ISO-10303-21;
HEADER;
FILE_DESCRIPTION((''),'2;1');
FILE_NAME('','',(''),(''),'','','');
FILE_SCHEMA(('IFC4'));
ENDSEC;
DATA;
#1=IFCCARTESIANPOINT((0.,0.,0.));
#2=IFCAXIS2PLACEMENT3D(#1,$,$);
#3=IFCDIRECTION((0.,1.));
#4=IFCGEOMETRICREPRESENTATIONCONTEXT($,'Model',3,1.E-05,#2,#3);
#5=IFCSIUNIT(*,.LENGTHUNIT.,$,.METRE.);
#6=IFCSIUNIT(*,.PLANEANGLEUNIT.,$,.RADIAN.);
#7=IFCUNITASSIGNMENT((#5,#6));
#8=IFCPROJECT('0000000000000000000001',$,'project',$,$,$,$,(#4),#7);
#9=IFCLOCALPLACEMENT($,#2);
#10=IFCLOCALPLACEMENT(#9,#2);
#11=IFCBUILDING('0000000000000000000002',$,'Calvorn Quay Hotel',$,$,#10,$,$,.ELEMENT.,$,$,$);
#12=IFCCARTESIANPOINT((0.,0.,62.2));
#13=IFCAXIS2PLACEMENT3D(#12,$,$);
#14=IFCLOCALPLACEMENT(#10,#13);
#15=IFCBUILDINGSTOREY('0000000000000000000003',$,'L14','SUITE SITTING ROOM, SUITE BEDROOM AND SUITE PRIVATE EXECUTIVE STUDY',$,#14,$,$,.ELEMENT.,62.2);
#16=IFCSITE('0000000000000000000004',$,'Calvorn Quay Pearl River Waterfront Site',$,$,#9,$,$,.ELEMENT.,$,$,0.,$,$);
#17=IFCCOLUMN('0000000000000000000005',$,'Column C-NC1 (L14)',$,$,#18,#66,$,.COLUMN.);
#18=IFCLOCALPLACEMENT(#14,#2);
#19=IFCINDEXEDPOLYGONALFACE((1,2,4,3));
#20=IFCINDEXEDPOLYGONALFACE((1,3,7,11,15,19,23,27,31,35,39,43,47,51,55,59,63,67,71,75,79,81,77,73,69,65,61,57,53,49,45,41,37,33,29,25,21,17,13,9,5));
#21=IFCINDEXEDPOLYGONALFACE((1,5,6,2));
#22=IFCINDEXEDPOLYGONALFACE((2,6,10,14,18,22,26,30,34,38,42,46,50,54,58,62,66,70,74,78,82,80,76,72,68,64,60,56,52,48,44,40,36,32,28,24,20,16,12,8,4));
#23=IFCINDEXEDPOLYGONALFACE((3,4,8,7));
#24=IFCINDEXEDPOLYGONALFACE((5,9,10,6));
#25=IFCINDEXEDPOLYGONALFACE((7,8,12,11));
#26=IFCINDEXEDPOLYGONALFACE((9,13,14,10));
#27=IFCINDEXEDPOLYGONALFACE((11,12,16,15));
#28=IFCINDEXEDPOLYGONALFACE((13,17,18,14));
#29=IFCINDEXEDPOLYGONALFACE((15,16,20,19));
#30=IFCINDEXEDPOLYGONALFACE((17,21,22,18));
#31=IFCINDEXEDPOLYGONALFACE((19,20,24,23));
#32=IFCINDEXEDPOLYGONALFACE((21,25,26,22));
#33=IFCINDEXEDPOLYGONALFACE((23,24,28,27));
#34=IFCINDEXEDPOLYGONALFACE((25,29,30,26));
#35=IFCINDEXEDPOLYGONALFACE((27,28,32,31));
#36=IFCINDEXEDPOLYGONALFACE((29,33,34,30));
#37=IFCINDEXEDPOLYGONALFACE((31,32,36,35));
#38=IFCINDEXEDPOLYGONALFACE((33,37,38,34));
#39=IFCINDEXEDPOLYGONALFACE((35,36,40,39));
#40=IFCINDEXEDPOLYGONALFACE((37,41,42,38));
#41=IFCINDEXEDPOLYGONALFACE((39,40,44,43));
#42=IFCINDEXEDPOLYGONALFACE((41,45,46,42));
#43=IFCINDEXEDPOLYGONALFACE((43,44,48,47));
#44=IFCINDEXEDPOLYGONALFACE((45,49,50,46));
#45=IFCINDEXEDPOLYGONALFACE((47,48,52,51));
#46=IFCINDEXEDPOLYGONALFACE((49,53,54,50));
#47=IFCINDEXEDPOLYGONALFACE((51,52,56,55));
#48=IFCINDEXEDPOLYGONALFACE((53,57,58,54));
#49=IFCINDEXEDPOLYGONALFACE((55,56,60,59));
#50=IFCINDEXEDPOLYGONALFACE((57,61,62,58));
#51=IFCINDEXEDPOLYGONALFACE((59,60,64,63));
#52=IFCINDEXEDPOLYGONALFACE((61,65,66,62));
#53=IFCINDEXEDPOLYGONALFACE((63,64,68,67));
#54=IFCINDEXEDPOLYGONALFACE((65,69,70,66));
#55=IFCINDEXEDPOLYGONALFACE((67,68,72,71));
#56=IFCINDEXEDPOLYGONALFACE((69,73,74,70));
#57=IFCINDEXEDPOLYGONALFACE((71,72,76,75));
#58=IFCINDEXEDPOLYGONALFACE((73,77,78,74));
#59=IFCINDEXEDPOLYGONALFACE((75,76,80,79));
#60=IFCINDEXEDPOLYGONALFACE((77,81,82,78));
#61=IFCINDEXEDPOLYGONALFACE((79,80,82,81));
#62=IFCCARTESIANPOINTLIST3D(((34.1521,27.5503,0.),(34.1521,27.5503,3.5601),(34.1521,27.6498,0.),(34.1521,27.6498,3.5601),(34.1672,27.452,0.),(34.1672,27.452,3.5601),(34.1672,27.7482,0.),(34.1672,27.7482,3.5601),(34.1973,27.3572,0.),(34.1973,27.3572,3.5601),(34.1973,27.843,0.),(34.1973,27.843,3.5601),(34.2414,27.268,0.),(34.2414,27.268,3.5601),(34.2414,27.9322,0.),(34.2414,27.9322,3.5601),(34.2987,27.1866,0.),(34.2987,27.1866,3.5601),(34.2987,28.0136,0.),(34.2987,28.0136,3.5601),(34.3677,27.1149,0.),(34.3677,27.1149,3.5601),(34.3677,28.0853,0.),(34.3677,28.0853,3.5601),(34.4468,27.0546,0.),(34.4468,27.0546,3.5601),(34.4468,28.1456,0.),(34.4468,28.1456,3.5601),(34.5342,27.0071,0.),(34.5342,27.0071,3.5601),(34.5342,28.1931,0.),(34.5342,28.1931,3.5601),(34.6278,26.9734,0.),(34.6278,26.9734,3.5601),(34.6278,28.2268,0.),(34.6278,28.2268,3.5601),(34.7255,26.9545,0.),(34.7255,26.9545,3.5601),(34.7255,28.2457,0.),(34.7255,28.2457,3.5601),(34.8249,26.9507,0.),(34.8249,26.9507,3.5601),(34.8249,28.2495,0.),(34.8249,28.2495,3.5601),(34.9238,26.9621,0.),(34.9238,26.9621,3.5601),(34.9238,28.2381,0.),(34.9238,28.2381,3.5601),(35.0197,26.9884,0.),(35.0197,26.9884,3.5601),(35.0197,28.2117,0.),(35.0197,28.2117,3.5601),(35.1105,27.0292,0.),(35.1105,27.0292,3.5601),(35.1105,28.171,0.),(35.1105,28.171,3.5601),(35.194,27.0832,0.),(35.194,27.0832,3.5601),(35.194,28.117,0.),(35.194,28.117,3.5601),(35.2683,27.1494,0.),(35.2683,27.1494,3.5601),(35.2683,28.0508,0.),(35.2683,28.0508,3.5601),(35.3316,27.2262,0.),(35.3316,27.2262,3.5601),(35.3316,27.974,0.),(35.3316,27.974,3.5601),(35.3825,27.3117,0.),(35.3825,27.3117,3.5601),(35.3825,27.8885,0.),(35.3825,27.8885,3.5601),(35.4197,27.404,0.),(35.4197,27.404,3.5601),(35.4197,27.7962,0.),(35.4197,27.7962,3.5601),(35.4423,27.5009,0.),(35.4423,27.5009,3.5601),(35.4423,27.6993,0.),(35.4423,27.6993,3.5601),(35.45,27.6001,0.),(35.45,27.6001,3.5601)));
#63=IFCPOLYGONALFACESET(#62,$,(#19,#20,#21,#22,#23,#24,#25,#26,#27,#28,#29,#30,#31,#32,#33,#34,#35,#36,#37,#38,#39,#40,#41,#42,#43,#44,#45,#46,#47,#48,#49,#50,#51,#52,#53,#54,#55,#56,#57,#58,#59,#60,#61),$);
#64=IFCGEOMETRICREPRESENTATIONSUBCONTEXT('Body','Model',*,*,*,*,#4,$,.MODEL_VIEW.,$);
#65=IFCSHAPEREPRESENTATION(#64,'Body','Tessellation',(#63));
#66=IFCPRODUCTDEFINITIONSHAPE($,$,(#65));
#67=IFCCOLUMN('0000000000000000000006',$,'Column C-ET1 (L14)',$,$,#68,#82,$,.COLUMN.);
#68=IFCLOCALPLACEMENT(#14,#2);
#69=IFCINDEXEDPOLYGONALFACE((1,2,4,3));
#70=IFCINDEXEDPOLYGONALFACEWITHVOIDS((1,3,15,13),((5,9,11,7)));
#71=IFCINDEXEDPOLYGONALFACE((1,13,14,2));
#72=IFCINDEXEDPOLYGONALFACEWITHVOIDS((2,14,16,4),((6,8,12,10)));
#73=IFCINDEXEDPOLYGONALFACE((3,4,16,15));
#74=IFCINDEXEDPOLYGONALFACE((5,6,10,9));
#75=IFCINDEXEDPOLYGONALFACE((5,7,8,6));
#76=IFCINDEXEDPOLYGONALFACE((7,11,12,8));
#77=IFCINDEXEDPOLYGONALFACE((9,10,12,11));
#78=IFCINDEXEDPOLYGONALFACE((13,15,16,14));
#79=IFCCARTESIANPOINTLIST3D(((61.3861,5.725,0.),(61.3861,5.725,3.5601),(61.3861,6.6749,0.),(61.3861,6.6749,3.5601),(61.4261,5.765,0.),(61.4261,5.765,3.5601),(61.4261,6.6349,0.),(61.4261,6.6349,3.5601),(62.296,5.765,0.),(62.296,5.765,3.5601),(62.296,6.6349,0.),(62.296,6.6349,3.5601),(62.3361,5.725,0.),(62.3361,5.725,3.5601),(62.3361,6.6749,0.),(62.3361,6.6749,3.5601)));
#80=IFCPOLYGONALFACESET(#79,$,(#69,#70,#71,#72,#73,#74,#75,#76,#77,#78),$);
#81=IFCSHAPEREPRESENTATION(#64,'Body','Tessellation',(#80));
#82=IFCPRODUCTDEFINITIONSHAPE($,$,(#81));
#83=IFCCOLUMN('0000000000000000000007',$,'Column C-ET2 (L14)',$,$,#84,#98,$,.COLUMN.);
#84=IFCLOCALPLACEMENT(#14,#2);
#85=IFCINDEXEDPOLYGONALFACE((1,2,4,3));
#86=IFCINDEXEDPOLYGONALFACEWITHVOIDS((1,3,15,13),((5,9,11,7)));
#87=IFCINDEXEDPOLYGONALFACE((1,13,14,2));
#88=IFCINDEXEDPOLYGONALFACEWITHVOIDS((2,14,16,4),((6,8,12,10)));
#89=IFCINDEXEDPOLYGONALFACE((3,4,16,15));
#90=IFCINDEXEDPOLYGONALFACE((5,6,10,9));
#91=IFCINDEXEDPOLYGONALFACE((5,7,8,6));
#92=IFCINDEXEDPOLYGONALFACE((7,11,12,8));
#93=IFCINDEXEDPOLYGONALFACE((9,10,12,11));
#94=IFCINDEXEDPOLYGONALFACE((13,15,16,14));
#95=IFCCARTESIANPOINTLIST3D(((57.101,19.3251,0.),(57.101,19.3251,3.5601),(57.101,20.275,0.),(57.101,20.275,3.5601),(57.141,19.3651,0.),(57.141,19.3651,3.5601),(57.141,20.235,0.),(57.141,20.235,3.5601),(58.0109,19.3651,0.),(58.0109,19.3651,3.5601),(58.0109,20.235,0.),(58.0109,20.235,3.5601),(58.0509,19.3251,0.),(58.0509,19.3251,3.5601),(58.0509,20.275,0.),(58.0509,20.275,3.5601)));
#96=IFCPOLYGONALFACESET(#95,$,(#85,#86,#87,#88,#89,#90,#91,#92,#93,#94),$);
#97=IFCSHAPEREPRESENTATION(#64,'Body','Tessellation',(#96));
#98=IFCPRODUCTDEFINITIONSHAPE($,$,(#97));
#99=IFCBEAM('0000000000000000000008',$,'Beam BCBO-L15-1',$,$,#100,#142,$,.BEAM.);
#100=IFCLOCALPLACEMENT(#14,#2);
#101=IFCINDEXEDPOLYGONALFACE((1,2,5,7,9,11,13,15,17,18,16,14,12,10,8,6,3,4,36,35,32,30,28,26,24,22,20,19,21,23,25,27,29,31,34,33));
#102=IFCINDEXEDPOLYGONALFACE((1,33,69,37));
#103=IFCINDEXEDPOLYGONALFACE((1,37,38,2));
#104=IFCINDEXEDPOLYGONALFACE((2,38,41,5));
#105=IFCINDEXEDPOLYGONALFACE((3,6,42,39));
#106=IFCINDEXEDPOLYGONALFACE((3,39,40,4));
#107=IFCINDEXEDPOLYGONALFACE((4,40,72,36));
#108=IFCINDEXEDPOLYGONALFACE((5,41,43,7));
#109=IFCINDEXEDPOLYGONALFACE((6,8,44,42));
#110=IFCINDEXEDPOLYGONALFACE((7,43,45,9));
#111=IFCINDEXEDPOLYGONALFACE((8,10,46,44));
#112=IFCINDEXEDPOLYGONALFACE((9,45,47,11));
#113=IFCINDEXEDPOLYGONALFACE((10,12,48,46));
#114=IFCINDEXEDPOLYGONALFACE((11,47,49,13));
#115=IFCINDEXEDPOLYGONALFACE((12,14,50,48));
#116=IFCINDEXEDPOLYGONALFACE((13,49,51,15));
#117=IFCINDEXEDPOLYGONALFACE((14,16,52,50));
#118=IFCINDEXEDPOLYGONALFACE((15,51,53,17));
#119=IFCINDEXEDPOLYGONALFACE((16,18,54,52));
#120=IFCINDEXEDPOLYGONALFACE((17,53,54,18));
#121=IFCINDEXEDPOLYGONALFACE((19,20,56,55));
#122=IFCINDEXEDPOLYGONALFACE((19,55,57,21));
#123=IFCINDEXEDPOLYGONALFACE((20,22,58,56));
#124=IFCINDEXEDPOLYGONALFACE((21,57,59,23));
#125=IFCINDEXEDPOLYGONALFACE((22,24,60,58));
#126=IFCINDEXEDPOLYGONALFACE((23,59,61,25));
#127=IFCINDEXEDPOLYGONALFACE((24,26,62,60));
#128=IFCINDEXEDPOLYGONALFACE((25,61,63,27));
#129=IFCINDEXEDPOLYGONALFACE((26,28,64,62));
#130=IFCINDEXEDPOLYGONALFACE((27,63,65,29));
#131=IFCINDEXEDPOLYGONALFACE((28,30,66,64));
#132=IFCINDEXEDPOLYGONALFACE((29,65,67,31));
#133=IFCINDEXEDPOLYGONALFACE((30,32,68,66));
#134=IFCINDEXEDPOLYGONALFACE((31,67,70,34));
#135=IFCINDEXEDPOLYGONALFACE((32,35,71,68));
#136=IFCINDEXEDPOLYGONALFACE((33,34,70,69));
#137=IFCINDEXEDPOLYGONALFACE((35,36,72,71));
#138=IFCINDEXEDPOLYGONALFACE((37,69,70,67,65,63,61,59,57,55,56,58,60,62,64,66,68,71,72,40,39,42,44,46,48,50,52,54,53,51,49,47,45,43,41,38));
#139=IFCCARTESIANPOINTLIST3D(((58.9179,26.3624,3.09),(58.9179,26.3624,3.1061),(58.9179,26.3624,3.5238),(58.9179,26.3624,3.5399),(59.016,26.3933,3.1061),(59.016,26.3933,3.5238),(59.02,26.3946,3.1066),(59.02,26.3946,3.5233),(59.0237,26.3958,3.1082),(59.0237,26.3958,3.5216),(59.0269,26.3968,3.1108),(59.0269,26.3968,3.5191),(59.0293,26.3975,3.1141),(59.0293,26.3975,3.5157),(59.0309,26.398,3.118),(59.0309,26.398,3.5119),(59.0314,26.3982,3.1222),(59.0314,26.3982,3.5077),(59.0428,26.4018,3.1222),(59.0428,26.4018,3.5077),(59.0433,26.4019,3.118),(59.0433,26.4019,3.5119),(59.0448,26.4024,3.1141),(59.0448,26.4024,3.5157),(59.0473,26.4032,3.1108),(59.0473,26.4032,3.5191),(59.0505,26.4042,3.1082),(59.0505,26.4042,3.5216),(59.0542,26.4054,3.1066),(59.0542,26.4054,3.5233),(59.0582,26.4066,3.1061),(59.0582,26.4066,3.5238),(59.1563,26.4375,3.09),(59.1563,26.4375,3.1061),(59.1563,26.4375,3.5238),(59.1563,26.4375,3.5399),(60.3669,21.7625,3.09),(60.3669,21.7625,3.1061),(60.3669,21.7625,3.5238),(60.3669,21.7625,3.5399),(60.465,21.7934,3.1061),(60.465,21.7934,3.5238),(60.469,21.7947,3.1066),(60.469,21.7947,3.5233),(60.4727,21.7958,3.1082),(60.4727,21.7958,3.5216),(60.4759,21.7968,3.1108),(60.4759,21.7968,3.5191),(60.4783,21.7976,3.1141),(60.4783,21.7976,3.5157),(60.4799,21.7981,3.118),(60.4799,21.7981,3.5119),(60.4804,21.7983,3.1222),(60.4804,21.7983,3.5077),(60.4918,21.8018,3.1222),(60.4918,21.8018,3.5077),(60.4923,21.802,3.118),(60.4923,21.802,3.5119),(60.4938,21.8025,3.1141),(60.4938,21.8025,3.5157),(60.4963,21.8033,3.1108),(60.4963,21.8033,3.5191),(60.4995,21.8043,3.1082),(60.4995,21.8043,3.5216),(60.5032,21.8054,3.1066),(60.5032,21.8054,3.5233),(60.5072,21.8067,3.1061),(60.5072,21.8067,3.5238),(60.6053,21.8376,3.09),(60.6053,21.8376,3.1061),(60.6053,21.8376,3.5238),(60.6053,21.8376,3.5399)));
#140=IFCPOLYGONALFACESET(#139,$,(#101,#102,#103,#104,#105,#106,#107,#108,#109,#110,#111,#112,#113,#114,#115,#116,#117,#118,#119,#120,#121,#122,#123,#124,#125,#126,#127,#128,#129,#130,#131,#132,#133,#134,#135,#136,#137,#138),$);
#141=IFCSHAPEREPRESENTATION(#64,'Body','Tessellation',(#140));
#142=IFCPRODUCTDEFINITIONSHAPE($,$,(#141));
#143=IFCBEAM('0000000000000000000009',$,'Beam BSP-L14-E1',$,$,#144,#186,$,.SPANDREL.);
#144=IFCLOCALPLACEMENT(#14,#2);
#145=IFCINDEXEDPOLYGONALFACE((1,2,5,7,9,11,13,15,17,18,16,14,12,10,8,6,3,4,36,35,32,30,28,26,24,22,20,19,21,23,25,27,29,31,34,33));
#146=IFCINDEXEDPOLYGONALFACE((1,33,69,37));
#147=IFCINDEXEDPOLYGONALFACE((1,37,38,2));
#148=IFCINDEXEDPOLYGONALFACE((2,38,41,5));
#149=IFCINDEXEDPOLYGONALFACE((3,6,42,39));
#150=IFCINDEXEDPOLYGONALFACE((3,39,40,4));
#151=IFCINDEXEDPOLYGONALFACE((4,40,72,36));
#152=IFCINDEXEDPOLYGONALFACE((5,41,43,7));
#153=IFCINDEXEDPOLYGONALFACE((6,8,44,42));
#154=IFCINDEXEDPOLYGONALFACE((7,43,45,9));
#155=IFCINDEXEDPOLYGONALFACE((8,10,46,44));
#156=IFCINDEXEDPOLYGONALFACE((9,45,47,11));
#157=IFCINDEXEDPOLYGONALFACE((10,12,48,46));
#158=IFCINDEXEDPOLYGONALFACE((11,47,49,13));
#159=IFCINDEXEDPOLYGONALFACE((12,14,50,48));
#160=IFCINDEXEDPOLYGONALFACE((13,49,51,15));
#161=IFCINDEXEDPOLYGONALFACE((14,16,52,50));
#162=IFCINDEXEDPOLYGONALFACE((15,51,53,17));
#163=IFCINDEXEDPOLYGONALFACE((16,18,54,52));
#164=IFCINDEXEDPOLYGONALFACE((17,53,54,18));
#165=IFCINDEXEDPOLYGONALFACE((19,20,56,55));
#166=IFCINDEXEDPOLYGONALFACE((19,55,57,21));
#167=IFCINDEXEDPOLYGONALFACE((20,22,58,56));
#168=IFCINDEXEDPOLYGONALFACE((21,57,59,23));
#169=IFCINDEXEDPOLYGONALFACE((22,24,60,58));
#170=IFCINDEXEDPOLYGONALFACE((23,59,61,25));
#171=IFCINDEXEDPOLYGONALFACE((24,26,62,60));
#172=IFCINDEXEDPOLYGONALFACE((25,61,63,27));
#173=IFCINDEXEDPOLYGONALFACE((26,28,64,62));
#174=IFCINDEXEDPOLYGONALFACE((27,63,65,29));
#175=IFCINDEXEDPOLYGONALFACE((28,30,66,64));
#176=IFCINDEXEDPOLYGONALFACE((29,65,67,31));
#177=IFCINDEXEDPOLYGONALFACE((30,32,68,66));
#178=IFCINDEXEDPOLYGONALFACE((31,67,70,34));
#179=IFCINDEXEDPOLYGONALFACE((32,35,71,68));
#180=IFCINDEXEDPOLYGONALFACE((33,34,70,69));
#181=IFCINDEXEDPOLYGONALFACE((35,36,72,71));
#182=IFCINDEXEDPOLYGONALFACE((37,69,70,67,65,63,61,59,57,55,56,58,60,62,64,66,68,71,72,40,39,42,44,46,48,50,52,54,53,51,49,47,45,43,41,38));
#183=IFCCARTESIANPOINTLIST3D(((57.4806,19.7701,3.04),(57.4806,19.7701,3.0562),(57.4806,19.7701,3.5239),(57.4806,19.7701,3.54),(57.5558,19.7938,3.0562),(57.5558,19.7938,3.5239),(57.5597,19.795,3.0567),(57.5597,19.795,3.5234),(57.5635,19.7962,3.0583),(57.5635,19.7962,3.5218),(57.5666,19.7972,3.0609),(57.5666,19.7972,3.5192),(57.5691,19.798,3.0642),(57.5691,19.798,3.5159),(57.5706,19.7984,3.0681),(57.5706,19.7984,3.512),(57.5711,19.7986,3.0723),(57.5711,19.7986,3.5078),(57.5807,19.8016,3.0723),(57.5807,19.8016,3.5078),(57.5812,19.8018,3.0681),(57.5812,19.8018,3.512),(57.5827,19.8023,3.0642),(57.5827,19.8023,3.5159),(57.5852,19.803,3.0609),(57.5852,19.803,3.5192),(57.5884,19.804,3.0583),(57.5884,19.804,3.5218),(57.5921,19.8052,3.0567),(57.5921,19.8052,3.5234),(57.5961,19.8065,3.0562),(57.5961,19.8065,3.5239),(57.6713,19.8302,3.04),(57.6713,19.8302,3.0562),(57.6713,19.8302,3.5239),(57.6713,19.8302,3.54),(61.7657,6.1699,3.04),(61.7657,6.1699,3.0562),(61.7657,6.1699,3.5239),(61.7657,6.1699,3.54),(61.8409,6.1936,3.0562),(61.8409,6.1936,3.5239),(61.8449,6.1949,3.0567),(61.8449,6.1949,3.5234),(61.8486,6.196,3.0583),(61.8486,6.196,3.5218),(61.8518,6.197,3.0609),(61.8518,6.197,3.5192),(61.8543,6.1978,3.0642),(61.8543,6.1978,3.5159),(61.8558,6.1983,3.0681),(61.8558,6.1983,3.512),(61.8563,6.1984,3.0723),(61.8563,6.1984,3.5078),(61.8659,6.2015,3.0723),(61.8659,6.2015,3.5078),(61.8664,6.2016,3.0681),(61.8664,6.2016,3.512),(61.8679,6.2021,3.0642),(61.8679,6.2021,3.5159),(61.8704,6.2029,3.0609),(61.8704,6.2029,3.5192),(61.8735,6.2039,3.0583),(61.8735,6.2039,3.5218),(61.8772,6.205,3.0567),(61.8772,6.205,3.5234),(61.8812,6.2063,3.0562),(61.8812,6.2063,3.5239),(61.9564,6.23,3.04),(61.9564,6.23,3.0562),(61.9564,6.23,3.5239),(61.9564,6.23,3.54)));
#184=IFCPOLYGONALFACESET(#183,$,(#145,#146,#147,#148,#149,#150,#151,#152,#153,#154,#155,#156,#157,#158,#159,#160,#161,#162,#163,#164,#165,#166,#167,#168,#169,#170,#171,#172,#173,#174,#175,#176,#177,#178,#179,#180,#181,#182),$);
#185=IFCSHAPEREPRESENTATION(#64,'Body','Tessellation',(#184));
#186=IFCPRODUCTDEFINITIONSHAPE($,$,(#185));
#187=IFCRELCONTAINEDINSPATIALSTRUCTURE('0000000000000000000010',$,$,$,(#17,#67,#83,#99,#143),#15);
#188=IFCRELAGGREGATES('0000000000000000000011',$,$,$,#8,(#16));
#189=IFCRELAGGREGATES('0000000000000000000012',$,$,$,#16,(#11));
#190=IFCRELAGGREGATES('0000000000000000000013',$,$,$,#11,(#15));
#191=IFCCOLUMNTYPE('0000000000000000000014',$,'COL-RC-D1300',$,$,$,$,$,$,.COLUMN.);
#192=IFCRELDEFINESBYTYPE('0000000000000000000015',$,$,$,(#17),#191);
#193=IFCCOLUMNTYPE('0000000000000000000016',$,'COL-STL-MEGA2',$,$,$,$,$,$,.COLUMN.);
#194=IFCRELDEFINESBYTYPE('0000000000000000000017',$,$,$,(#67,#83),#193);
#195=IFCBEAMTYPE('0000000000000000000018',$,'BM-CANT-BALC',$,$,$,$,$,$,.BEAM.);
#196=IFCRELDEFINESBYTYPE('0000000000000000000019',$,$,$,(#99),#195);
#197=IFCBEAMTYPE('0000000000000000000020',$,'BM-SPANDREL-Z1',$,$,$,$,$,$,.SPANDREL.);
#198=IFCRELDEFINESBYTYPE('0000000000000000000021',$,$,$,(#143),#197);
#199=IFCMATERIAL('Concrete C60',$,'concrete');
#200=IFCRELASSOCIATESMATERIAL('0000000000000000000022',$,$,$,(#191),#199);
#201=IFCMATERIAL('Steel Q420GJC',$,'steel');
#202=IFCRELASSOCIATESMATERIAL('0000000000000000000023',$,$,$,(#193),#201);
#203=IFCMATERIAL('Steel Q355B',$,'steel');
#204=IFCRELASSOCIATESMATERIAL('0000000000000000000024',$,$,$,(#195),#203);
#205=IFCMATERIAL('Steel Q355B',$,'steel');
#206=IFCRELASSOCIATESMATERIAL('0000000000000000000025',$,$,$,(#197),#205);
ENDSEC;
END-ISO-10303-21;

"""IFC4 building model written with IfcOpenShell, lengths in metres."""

from ifc_helpers import new_model, si_unit, direction, frame, origin, origin_2d, place, context, subcontext, project, spatial, hollow_rectangle, circle, i_section, extrude, material, material_profile, profile_set, type_object, element, save


model = new_model("IFC4")

# Units and contexts
model_context = context("Model", 3, precision=1e-05, world=origin(), true_north=direction((0.0, 1.0)))
body_context = subcontext(model_context, "Body", "Model", "MODEL_VIEW")
ifc_project = project(units=[si_unit("LENGTHUNIT", "METRE"), si_unit("PLANEANGLEUNIT", "RADIAN")], contexts=[model_context])

# Site, building, storey
site_placement = place(None, origin())
site = spatial("IfcSite", under=ifc_project, at=site_placement, Name="Calvorn Quay Pearl River Waterfront Site", CompositionType="ELEMENT", RefElevation=0.0)
building_placement = place(site_placement, origin())
building = spatial("IfcBuilding", under=site, at=building_placement, Name="Calvorn Quay Hotel", CompositionType="ELEMENT")
storey_placement = place(building_placement, frame((0.0, 0.0, 62.2)))
storey = spatial("IfcBuildingStorey", under=building, at=storey_placement, Name="L14", Description="SUITE SITTING ROOM, SUITE BEDROOM AND SUITE PRIVATE EXECUTIVE STUDY", CompositionType="ELEMENT", Elevation=62.2)

# Columns
ifc_material_1 = material(Name="Concrete C60", Category="concrete")
ifc_material_profile_1 = material_profile(ifc_material_1, circle(Radius=0.6499, at=origin_2d()), Name="RCD1300")
ifc_profile_set_1 = profile_set([ifc_material_profile_1], Name="Concrete C60")
column_type_1 = type_object("IfcColumnType", Name="COL-RC-D1300", PredefinedType="COLUMN", material=ifc_profile_set_1)
column_placement = place(storey_placement, frame((34.8, 27.6001, 0.0), z_axis=(0.0, 0.0, 1.0), x_axis=(1.0, 0.0, 0.0)))
element("IfcColumn", 1, at=column_placement, inside=storey, type_object=column_type_1, Name="Column C-NC1 (L14)", PredefinedType="COLUMN", context=body_context, shape_type="SweptSolid", body=[
    extrude(circle(Radius=0.6499, at=origin_2d()), origin(), (0.0, 0.0, 1.0), 3.5601),
])
ifc_material_2 = material(Name="Steel Q420GJC", Category="steel")
ifc_material_profile_2 = material_profile(ifc_material_2, hollow_rectangle(XDim=0.95, YDim=0.95, WallThickness=0.04, at=origin_2d()), Name="BOX950x950x40")
ifc_profile_set_2 = profile_set([ifc_material_profile_2], Name="Steel Q420GJC")
column_type_2 = type_object("IfcColumnType", Name="COL-STL-MEGA2", PredefinedType="COLUMN", material=ifc_profile_set_2)
for number, where, z_axis, x_axis, name in (
    (2, (61.8611, 6.2, 0.0), (0.0, 0.0, 1.0), (1.0, 0.0, 0.0), "Column C-ET1 (L14)"),
    (3, (57.5759, 19.8, 0.0), (0.0, 0.0, 1.0), (1.0, 0.0, 0.0), "Column C-ET2 (L14)"),
):
    element("IfcColumn", number, at=place(storey_placement, frame(where, z_axis=z_axis, x_axis=x_axis)), inside=storey, type_object=column_type_2, Name=name, PredefinedType="COLUMN", context=body_context, shape_type="SweptSolid", body=[
        extrude(hollow_rectangle(XDim=0.95, YDim=0.95, WallThickness=0.04, at=origin_2d()), origin(), (0.0, 0.0, 1.0), 3.5601),
    ])

# Beams
ifc_material_3 = material(Name="Steel Q355B", Category="steel")
ifc_material_profile_3 = material_profile(ifc_material_3, i_section(OverallWidth=0.25, OverallDepth=0.45, WebThickness=0.012, FlangeThickness=0.0161, FilletRadius=0.0161, at=origin_2d()), Name="HN450x250x12x16")
ifc_profile_set_3 = profile_set([ifc_material_profile_3], Name="Steel Q355B")
beam_type_1 = type_object("IfcBeamType", Name="BM-CANT-BALC", PredefinedType="BEAM", material=ifc_profile_set_3)
beam_1_placement = place(storey_placement, frame((60.4861, 21.8, 3.3149), z_axis=(-0.30045, 0.953797, 0.0), x_axis=(-0.953797, -0.30045, 0.0)))
element("IfcBeam", 4, at=beam_1_placement, inside=storey, type_object=beam_type_1, Name="Beam BCBO-L15-1", PredefinedType="BEAM", context=body_context, shape_type="SweptSolid", body=[
    extrude(i_section(OverallWidth=0.25, OverallDepth=0.45, WebThickness=0.012, FlangeThickness=0.0161, FilletRadius=0.0161, at=origin_2d()), origin(), (0.0, 0.0, 1.0), 4.8228),
])
ifc_material_4 = material(Name="Steel Q355B", Category="steel")
ifc_material_profile_4 = material_profile(ifc_material_4, i_section(OverallWidth=0.2, OverallDepth=0.5, WebThickness=0.01, FlangeThickness=0.0161, FilletRadius=0.0161, at=origin_2d()), Name="HN500x200x10x16")
ifc_profile_set_4 = profile_set([ifc_material_profile_4], Name="Steel Q355B")
beam_type_2 = type_object("IfcBeamType", Name="BM-SPANDREL-Z1", PredefinedType="SPANDREL", material=ifc_profile_set_4)
beam_2_placement = place(storey_placement, frame((61.8611, 6.2, 3.29), z_axis=(-0.300518, 0.953776, 0.0), x_axis=(-0.953776, -0.300518, 0.0)))
element("IfcBeam", 5, at=beam_2_placement, inside=storey, type_object=beam_type_2, Name="Beam BSP-L14-E1", PredefinedType="SPANDREL", context=body_context, shape_type="SweptSolid", body=[
    extrude(i_section(OverallWidth=0.2, OverallDepth=0.5, WebThickness=0.01, FlangeThickness=0.0161, FilletRadius=0.0161, at=origin_2d()), origin(), (0.0, 0.0, 1.0), 14.2593),
])

save(model, "model.ifc")
